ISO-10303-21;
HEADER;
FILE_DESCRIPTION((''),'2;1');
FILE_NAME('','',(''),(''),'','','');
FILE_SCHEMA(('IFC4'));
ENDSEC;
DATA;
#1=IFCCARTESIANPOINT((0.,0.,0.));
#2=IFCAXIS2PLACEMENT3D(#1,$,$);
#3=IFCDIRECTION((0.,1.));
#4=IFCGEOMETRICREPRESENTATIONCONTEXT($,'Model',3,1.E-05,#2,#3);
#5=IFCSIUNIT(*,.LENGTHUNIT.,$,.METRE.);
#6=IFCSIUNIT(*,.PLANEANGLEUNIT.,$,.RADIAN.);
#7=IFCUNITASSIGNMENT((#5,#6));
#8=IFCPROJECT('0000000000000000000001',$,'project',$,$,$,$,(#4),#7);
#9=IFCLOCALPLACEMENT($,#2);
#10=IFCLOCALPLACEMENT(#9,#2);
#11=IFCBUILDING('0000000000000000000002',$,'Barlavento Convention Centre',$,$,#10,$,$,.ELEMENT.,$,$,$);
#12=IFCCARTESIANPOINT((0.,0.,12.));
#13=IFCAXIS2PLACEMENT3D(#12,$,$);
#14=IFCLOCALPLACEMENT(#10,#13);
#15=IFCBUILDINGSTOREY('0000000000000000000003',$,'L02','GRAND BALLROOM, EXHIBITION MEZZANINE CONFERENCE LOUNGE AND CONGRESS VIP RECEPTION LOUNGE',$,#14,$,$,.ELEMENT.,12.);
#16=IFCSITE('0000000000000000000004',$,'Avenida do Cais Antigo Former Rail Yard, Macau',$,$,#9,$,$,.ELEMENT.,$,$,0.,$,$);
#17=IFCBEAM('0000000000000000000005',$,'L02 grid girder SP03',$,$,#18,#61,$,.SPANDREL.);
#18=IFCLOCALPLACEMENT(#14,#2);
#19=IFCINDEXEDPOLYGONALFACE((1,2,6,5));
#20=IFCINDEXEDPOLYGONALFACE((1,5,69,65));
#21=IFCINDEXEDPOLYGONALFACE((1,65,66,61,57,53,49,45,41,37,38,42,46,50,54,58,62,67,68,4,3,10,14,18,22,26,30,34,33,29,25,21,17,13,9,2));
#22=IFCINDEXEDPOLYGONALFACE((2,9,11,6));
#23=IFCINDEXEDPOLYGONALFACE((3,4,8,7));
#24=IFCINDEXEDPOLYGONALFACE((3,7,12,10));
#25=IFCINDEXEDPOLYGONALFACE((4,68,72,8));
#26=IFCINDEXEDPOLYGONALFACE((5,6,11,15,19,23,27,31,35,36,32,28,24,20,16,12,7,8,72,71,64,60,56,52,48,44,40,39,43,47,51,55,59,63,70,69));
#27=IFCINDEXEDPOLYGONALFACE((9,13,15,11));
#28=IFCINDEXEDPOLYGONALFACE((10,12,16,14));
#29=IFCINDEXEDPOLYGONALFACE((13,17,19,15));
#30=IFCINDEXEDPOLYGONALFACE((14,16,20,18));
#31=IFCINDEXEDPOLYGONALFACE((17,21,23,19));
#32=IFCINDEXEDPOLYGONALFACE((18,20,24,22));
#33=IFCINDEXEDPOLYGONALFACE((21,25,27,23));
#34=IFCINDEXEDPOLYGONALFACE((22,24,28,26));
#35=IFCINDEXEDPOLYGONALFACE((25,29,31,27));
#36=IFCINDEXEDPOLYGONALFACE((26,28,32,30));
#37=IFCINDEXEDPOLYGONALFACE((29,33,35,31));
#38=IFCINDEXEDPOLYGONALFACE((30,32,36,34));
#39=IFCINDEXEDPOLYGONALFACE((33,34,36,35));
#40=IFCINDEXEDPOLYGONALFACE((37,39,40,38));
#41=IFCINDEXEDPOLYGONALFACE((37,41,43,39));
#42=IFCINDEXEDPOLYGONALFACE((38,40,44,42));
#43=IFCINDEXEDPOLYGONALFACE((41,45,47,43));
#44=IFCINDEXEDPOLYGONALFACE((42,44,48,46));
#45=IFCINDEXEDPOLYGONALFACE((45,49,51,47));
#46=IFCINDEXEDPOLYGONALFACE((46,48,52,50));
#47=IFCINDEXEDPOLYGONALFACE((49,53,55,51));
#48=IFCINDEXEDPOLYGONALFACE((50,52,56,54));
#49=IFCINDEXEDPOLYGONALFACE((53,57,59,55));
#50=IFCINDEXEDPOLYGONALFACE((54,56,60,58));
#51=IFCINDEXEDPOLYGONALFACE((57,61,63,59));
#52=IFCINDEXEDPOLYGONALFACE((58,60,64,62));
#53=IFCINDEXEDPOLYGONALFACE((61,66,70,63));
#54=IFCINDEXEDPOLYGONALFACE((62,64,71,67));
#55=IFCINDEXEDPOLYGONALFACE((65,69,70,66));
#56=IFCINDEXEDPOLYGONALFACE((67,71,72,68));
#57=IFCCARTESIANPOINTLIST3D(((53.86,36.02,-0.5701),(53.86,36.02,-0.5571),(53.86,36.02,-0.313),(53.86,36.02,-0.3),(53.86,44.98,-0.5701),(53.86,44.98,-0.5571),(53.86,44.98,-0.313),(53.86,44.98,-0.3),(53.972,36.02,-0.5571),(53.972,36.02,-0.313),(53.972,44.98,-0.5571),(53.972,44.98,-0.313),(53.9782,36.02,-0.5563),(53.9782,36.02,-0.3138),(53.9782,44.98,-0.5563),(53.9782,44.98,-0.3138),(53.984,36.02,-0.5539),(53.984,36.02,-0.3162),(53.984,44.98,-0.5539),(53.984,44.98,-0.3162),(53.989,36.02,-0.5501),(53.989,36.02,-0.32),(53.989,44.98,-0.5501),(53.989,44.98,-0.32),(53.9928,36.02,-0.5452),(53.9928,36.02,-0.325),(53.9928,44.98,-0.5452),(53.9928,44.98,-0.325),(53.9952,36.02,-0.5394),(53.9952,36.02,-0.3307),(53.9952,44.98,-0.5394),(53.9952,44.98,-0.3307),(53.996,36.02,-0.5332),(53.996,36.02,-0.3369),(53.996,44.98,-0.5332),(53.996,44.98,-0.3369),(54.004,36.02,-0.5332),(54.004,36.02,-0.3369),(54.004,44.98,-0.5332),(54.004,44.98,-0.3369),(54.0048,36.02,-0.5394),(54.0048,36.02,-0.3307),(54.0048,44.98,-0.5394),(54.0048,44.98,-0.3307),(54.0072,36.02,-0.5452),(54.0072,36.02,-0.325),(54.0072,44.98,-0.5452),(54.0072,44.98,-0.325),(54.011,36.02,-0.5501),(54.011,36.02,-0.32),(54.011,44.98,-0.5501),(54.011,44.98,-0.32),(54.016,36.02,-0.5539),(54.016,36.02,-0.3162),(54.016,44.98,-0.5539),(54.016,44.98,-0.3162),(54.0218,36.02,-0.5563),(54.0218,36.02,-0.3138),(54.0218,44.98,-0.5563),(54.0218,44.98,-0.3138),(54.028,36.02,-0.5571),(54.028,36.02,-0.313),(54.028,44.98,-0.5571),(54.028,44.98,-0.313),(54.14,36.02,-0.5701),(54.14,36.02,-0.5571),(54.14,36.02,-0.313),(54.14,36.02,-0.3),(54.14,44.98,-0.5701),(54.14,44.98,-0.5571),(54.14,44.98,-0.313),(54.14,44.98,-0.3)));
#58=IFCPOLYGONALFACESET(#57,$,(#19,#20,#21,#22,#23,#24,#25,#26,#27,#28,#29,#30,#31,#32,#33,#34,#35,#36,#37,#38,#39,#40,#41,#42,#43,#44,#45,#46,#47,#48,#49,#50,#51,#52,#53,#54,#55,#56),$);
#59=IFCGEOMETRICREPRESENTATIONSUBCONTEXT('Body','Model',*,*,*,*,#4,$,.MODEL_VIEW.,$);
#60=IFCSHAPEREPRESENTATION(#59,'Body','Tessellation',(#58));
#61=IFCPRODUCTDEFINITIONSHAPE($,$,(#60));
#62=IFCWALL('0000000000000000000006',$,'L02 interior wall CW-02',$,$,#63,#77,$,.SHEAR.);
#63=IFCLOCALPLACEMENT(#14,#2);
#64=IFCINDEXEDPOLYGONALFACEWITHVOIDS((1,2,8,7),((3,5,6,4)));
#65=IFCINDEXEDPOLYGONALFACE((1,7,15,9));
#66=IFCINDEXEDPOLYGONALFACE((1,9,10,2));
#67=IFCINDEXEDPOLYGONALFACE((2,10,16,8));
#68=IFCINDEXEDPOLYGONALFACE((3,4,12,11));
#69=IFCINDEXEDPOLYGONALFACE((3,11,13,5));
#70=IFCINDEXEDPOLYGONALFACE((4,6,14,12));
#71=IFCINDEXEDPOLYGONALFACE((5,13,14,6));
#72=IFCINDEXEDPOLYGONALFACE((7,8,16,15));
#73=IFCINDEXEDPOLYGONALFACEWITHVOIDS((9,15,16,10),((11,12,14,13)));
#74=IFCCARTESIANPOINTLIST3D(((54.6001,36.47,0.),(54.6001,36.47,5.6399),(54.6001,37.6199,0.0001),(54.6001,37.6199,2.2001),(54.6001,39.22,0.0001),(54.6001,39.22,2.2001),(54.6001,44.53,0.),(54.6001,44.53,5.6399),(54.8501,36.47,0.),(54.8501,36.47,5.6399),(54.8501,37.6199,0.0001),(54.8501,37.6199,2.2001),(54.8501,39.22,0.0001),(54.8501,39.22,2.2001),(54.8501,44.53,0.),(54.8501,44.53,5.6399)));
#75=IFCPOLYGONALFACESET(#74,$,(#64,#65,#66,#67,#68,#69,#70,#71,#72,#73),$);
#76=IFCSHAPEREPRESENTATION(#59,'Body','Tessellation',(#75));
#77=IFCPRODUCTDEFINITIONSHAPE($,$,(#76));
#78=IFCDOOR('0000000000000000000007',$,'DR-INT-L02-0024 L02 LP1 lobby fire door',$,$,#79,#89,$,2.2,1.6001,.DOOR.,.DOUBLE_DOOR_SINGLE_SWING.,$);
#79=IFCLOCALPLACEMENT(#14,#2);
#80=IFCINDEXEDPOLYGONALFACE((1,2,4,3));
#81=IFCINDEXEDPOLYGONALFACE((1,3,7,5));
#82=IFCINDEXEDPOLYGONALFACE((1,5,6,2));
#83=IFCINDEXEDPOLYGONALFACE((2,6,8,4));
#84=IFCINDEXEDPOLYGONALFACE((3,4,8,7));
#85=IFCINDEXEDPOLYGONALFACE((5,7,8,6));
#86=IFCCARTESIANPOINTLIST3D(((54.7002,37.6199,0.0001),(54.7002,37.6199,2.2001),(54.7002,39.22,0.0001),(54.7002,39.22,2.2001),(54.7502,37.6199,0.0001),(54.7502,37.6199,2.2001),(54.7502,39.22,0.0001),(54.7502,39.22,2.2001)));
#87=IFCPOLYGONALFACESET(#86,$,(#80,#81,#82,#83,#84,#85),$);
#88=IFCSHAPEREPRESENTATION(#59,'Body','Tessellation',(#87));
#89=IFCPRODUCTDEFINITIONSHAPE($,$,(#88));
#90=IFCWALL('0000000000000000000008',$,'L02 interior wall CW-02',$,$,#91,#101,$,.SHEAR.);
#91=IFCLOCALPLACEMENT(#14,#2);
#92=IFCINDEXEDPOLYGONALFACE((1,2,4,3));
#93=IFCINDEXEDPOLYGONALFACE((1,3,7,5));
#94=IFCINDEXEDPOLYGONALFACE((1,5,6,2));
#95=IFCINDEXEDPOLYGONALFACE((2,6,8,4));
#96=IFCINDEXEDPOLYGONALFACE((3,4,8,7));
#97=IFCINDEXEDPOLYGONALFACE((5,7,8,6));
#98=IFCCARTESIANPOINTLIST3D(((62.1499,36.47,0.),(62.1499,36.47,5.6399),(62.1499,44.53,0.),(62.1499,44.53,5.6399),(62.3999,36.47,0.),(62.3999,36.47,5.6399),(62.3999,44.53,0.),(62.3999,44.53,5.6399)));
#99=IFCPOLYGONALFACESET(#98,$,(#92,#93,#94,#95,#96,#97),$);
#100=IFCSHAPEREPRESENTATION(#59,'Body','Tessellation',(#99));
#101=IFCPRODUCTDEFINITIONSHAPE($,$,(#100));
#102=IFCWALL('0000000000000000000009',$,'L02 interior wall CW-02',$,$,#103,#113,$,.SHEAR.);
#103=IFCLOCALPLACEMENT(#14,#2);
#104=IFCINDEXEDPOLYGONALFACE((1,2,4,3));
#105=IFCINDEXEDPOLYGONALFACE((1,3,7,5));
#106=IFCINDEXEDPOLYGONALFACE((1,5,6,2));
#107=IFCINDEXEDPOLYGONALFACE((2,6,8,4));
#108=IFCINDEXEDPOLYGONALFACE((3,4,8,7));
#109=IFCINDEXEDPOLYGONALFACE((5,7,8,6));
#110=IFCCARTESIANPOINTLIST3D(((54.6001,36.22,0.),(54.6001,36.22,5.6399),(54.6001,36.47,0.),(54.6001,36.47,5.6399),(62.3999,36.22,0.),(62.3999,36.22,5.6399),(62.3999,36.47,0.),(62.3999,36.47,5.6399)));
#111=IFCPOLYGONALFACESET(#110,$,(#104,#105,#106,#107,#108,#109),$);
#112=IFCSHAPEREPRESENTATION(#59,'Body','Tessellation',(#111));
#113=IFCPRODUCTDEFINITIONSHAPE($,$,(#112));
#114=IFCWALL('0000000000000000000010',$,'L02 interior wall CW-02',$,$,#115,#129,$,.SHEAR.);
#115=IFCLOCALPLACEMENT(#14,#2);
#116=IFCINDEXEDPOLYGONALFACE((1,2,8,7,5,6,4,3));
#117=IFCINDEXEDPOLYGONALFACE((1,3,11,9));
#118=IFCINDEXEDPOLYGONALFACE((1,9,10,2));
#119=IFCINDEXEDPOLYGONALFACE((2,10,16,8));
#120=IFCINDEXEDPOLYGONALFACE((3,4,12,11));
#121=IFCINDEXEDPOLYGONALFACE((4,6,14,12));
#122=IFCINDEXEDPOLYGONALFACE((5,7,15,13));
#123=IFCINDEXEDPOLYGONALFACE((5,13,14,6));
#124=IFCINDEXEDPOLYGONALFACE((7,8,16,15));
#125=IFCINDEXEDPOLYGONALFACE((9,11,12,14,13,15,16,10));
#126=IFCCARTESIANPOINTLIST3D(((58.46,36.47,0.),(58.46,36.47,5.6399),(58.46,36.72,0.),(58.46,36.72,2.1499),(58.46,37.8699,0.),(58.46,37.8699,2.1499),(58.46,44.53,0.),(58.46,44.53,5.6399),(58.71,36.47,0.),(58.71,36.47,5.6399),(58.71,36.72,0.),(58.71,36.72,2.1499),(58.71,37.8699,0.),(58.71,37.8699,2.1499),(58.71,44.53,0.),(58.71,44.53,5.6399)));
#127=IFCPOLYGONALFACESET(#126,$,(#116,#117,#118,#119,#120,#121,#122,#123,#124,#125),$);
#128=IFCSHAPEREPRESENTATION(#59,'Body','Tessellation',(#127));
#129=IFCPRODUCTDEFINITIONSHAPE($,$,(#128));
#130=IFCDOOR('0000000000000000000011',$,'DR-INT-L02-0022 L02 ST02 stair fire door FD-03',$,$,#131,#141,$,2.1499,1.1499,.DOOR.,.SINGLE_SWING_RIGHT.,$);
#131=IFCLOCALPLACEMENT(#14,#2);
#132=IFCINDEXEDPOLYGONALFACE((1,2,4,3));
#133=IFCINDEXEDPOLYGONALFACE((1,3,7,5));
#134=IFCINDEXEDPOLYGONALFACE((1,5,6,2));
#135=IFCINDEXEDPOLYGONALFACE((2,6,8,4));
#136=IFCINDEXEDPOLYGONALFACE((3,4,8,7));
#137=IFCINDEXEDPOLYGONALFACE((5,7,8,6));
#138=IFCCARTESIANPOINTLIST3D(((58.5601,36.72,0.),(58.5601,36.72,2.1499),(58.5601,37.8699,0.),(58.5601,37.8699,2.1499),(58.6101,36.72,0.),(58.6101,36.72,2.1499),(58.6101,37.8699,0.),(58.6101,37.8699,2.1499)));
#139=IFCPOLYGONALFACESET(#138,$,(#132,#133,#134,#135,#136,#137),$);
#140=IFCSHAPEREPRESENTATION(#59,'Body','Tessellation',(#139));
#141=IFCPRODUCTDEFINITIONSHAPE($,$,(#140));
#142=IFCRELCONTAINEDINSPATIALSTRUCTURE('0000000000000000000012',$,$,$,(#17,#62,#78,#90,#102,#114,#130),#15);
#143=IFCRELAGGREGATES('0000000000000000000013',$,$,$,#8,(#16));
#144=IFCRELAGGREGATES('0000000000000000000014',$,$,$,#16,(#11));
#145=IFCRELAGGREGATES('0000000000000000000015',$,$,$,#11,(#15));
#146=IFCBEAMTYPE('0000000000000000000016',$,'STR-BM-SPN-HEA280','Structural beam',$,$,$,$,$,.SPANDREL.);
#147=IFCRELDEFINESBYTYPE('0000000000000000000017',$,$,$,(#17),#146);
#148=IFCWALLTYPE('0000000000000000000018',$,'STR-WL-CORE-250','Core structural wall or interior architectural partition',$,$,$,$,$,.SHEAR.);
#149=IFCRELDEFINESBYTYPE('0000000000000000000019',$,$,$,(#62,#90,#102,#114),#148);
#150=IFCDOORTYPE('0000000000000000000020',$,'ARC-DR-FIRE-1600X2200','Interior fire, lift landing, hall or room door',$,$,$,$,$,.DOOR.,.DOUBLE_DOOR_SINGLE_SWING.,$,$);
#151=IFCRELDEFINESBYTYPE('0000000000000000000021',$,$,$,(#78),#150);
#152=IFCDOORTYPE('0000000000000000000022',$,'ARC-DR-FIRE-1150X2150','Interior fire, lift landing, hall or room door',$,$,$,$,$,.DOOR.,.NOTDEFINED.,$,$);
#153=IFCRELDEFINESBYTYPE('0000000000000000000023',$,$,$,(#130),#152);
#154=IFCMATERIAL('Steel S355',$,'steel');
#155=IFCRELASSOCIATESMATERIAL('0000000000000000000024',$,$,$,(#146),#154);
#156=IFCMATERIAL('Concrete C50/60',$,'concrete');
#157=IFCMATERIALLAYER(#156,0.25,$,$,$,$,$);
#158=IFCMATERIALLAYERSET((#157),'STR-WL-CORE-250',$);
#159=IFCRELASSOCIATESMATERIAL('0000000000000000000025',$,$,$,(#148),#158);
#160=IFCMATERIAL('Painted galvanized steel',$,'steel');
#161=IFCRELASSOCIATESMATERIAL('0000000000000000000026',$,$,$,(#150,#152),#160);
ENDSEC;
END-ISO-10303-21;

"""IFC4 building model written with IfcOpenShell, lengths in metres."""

from ifc_helpers import new_model, si_unit, direction, frame, frame_2d, origin, origin_2d, place, context, subcontext, project, spatial, rectangle, i_section, extrude, material, layer, layer_set, material_profile, profile_set, type_object, element, fill, save


model = new_model("IFC4")

# Units and contexts
model_context = context("Model", 3, precision=1e-05, world=origin(), true_north=direction((0.0, 1.0)))
body_context = subcontext(model_context, "Body", "Model", "MODEL_VIEW")
ifc_project = project(units=[si_unit("LENGTHUNIT", "METRE"), si_unit("PLANEANGLEUNIT", "RADIAN")], contexts=[model_context])

# Site, building, storey
site_placement = place(None, origin())
site = spatial("IfcSite", under=ifc_project, at=site_placement, Name="Avenida do Cais Antigo Former Rail Yard, Macau", CompositionType="ELEMENT", RefElevation=0.0)
building_placement = place(site_placement, origin())
building = spatial("IfcBuilding", under=site, at=building_placement, Name="Barlavento Convention Centre", CompositionType="ELEMENT")
storey_placement = place(building_placement, frame((0.0, 0.0, 12.0)))
storey = spatial("IfcBuildingStorey", under=building, at=storey_placement, Name="L02", Description="GRAND BALLROOM, EXHIBITION MEZZANINE CONFERENCE LOUNGE AND CONGRESS VIP RECEPTION LOUNGE", CompositionType="ELEMENT", Elevation=12.0)

# Shared definitions
ifc_material_1 = material(Name="Steel S355", Category="steel")

# Beam
ifc_material_profile_1 = material_profile(ifc_material_1, i_section(OverallWidth=0.28, OverallDepth=0.27, WebThickness=0.0081, FlangeThickness=0.0129, FilletRadius=0.0239, at=origin_2d()), Name="HEA 280")
ifc_profile_set_1 = profile_set([ifc_material_profile_1], Name="Steel S355")
beam_type_1 = type_object("IfcBeamType", Name="STR-BM-SPN-HEA280", Description="Structural beam", PredefinedType="SPANDREL", material=ifc_profile_set_1)
beam_1_placement = place(storey_placement, frame((54.0, 36.02, -0.4351), z_axis=(0.0, 1.0, 0.0), x_axis=(-1.0, 0.0, 0.0)))
element("IfcBeam", 1, at=beam_1_placement, inside=storey, type_object=beam_type_1, Name="L02 grid girder SP03", PredefinedType="SPANDREL", context=body_context, shape_type="SweptSolid", body=[
    extrude(i_section(OverallWidth=0.28, OverallDepth=0.27, WebThickness=0.0081, FlangeThickness=0.0129, FilletRadius=0.0239, at=origin_2d()), origin(), (0.0, 0.0, 1.0), 8.96),
])

# Wall, opening, door
ifc_material_2 = material(Name="Concrete C50/60", Category="concrete")
ifc_layer_1 = layer(ifc_material_2, 0.25)
ifc_layer_set_1 = layer_set([ifc_layer_1], Name="STR-WL-CORE-250")
wall_type = type_object("IfcWallType", Name="STR-WL-CORE-250", Description="Core structural wall or interior architectural partition", PredefinedType="SHEAR", material=ifc_layer_set_1)
wall_1_placement = place(storey_placement, frame((54.7251, 36.47, 0.0), z_axis=(0.0, 0.0, 1.0), x_axis=(0.0, 1.0, 0.0)))
wall_1 = element("IfcWall", 2, at=wall_1_placement, inside=storey, type_object=wall_type, Name="L02 interior wall CW-02", PredefinedType="SHEAR", context=body_context, shape_type="SweptSolid", body=[
    extrude(rectangle(XDim=8.0601, YDim=0.25, at=frame_2d((4.03, 0.0))), origin(), (0.0, 0.0, 1.0), 5.6399),
])
opening_1_placement = place(wall_1_placement, frame((1.1499, 0.0, 0.0)))
opening_1 = element("IfcOpeningElement", 3, at=opening_1_placement, cuts=wall_1, PredefinedType="OPENING", context=body_context, shape_type="SweptSolid", body=[
    extrude(rectangle(XDim=1.6001, YDim=2.2, at=frame_2d((0.8, 1.1001))), frame((0.0, 0.135, 0.0), z_axis=(0.0, -1.0, 0.0), x_axis=(1.0, 0.0, 0.0)), (0.0, 0.0, 1.0), 0.27),
])
ifc_material_3 = material(Name="Painted galvanized steel", Category="steel")
door_type_1 = type_object("IfcDoorType", Name="ARC-DR-FIRE-1600X2200", Description="Interior fire, lift landing, hall or room door", OperationType="DOUBLE_DOOR_SINGLE_SWING", PredefinedType="DOOR", material=ifc_material_3)
door_1_placement = place(opening_1_placement, origin())
door_1 = element("IfcDoor", 4, at=door_1_placement, inside=storey, type_object=door_type_1, Name="DR-INT-L02-0024 L02 LP1 lobby fire door", OperationType="DOUBLE_DOOR_SINGLE_SWING", OverallHeight=2.2, OverallWidth=1.6001, PredefinedType="DOOR", context=body_context, shape_type="SweptSolid", body=[
    extrude(rectangle(XDim=1.6001, YDim=2.2, at=frame_2d((0.8, 1.1001))), frame((0.0, 0.0249, 0.0), z_axis=(0.0, -1.0, 0.0), x_axis=(1.0, 0.0, 0.0)), (0.0, 0.0, 1.0), 0.05),
])
fill(opening_1, door_1)

# Walls
wall_2_placement = place(storey_placement, frame((62.2749, 36.47, 0.0), z_axis=(0.0, 0.0, 1.0), x_axis=(0.0, 1.0, 0.0)))
element("IfcWall", 5, at=wall_2_placement, inside=storey, type_object=wall_type, Name="L02 interior wall CW-02", PredefinedType="SHEAR", context=body_context, shape_type="SweptSolid", body=[
    extrude(rectangle(XDim=8.0601, YDim=0.25, at=frame_2d((4.03, 0.0))), origin(), (0.0, 0.0, 1.0), 5.6399),
])
wall_3_placement = place(storey_placement, frame((54.6001, 36.345, 0.0), z_axis=(0.0, 0.0, 1.0), x_axis=(1.0, 0.0, 0.0)))
element("IfcWall", 6, at=wall_3_placement, inside=storey, type_object=wall_type, Name="L02 interior wall CW-02", PredefinedType="SHEAR", context=body_context, shape_type="SweptSolid", body=[
    extrude(rectangle(XDim=7.7998, YDim=0.25, at=frame_2d((3.8999, 0.0))), origin(), (0.0, 0.0, 1.0), 5.6399),
])

# Wall, opening, door
wall_4_placement = place(storey_placement, frame((58.585, 36.47, 0.0), z_axis=(0.0, 0.0, 1.0), x_axis=(0.0, 1.0, 0.0)))
wall_4 = element("IfcWall", 7, at=wall_4_placement, inside=storey, type_object=wall_type, Name="L02 interior wall CW-02", PredefinedType="SHEAR", context=body_context, shape_type="SweptSolid", body=[
    extrude(rectangle(XDim=8.0601, YDim=0.25, at=frame_2d((4.03, 0.0))), origin(), (0.0, 0.0, 1.0), 5.6399),
])
opening_2_placement = place(wall_4_placement, frame((0.25, 0.0, 0.0)))
opening_2 = element("IfcOpeningElement", 8, at=opening_2_placement, cuts=wall_4, PredefinedType="OPENING", context=body_context, shape_type="SweptSolid", body=[
    extrude(rectangle(XDim=1.1499, YDim=2.1499, at=frame_2d((0.575, 1.075))), frame((0.0, 0.135, 0.0), z_axis=(0.0, -1.0, 0.0), x_axis=(1.0, 0.0, 0.0)), (0.0, 0.0, 1.0), 0.27),
])
door_type_2 = type_object("IfcDoorType", Name="ARC-DR-FIRE-1150X2150", Description="Interior fire, lift landing, hall or room door", OperationType="NOTDEFINED", PredefinedType="DOOR", material=ifc_material_3)
door_2_placement = place(opening_2_placement, origin())
door_2 = element("IfcDoor", 9, at=door_2_placement, inside=storey, type_object=door_type_2, Name="DR-INT-L02-0022 L02 ST02 stair fire door FD-03", OperationType="SINGLE_SWING_RIGHT", OverallHeight=2.1499, OverallWidth=1.1499, PredefinedType="DOOR", context=body_context, shape_type="SweptSolid", body=[
    extrude(rectangle(XDim=1.1499, YDim=2.1499, at=frame_2d((0.575, 1.075))), frame((0.0, 0.0249, 0.0), z_axis=(0.0, -1.0, 0.0), x_axis=(1.0, 0.0, 0.0)), (0.0, 0.0, 1.0), 0.05),
])
fill(opening_2, door_2)

save(model, "model.ifc")
